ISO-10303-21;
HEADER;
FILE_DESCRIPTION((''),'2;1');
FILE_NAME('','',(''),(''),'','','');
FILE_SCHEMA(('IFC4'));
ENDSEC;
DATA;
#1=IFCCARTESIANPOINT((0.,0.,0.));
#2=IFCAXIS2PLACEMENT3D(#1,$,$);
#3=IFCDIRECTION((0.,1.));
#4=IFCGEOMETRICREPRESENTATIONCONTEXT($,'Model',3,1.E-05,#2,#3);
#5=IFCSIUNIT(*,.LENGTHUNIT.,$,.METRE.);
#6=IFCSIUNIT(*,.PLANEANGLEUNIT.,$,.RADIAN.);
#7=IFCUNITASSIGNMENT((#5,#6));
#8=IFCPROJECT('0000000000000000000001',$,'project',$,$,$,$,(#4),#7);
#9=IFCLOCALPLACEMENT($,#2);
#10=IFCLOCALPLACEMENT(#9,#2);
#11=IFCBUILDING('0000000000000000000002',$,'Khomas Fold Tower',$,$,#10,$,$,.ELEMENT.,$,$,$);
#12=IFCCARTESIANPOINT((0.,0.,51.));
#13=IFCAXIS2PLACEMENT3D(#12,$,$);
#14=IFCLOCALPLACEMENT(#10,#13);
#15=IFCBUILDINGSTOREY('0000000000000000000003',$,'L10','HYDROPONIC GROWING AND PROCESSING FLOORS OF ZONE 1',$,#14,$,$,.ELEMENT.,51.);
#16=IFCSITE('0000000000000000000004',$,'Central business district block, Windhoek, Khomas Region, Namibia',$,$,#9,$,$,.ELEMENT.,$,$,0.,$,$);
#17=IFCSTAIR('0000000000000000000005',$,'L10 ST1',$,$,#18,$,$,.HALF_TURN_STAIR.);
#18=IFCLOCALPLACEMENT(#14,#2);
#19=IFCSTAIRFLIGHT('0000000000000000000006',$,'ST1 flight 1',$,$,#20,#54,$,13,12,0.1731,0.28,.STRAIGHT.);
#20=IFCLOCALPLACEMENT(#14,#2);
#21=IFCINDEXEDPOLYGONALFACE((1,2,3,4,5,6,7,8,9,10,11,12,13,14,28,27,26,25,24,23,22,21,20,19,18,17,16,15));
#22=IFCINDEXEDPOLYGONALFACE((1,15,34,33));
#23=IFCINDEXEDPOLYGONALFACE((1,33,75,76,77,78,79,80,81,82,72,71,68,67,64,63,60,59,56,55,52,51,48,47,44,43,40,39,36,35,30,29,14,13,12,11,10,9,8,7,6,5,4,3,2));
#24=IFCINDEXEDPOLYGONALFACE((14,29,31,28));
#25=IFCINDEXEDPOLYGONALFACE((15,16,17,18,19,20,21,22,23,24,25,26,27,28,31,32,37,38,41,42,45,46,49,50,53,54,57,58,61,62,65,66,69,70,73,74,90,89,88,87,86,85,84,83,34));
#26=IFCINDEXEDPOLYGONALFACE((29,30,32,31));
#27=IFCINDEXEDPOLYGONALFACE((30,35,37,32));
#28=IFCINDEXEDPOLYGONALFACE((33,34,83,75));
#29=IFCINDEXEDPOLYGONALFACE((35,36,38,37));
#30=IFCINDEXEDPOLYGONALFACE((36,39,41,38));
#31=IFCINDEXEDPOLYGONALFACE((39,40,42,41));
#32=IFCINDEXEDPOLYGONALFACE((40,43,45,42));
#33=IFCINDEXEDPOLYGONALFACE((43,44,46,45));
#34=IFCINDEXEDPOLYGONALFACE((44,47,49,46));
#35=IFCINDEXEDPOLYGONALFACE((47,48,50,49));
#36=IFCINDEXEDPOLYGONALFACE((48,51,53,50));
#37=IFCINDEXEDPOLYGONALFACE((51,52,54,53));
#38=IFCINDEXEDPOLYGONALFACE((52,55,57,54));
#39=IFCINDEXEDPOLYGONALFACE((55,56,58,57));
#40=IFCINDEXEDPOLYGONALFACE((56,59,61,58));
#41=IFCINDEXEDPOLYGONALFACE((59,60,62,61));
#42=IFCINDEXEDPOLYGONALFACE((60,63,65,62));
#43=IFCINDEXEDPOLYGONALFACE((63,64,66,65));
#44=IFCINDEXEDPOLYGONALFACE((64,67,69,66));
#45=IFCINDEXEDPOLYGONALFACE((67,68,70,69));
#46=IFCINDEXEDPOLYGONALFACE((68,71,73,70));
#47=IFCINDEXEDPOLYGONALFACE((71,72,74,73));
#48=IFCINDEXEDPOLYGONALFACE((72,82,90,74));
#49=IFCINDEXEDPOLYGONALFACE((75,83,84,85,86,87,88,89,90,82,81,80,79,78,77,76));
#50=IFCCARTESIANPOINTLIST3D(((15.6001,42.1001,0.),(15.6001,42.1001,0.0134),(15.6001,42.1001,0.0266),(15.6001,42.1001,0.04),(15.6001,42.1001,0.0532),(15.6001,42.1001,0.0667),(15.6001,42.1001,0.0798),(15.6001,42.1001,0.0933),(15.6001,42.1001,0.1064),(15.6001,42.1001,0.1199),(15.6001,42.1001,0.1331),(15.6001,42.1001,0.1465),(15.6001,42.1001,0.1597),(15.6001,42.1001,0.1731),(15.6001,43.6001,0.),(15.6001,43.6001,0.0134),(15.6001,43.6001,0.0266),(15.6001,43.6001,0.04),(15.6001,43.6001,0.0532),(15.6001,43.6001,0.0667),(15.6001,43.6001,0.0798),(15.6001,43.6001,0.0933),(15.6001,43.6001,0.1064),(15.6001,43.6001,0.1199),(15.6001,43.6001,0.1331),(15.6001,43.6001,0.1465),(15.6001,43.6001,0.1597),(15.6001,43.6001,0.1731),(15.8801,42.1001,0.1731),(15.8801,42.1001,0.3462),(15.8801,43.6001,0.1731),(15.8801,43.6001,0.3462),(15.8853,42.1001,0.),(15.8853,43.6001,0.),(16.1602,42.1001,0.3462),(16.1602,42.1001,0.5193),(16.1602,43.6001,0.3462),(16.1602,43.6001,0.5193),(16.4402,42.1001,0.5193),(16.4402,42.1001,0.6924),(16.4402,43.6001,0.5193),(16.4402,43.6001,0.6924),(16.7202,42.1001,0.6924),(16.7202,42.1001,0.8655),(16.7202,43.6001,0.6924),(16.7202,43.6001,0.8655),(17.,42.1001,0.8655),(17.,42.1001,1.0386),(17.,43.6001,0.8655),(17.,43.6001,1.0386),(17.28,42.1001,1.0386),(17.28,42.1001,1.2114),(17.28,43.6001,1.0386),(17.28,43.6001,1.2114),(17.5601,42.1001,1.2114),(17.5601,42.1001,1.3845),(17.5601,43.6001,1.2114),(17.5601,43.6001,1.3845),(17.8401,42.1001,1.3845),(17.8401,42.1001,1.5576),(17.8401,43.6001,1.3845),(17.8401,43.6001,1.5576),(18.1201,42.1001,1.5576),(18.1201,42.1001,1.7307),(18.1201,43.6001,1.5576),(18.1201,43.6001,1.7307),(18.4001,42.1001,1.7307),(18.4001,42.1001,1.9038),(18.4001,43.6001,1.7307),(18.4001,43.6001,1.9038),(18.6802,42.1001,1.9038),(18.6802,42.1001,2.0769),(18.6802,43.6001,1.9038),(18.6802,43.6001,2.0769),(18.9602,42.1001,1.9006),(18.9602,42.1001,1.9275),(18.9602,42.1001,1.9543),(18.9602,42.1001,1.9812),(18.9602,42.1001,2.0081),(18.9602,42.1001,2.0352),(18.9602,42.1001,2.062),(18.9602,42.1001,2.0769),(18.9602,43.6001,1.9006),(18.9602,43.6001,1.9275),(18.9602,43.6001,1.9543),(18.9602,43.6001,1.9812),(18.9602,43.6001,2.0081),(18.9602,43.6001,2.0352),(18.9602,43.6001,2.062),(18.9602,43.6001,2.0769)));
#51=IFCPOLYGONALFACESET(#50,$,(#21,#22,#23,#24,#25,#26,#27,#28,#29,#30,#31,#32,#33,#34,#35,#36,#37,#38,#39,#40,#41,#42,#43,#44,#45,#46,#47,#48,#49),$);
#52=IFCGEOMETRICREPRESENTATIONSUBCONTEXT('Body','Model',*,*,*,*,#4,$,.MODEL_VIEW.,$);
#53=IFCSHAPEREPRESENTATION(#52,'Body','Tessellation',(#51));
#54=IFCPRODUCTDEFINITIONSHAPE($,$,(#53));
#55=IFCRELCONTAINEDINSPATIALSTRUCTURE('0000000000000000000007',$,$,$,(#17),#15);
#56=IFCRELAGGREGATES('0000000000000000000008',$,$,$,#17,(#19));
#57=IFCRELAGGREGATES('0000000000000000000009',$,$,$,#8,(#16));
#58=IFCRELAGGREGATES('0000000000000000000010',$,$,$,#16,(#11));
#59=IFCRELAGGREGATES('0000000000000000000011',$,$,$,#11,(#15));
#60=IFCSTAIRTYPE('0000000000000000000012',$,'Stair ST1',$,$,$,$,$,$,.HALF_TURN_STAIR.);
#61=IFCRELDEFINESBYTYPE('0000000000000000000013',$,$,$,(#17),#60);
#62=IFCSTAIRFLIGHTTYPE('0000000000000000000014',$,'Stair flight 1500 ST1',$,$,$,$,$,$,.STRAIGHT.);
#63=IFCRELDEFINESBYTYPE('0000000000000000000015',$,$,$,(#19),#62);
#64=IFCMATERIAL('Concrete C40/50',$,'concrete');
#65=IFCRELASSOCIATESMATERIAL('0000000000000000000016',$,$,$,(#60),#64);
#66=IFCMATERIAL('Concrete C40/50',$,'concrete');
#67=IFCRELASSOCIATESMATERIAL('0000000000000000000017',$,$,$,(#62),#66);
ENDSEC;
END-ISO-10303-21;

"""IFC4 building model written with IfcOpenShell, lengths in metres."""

from ifc_helpers import new_model, si_unit, direction, frame, origin, place, context, subcontext, project, spatial, polyline, outline, extrude, source, transform, mapped, material, type_object, element, aggregate, save


model = new_model("IFC4")

# Units and contexts
model_context = context("Model", 3, precision=1e-05, world=origin(), true_north=direction((0.0, 1.0)))
body_context = subcontext(model_context, "Body", "Model", "MODEL_VIEW")
ifc_project = project(units=[si_unit("LENGTHUNIT", "METRE"), si_unit("PLANEANGLEUNIT", "RADIAN")], contexts=[model_context])

# Site, building, storey
site_placement = place(None, origin())
site = spatial("IfcSite", under=ifc_project, at=site_placement, Name="Central business district block, Windhoek, Khomas Region, Namibia", CompositionType="ELEMENT", RefElevation=0.0)
building_placement = place(site_placement, origin())
building = spatial("IfcBuilding", under=site, at=building_placement, Name="Khomas Fold Tower", CompositionType="ELEMENT")
storey_placement = place(building_placement, frame((0.0, 0.0, 51.0)))
storey = spatial("IfcBuildingStorey", under=building, at=storey_placement, Name="L10", Description="HYDROPONIC GROWING AND PROCESSING FLOORS OF ZONE 1", CompositionType="ELEMENT", Elevation=51.0)

# Stair, stair flight
ifc_material_1 = material(Name="Concrete C40/50", Category="concrete")
stair_type = type_object("IfcStairType", Name="Stair ST1", PredefinedType="HALF_TURN_STAIR", material=ifc_material_1)
stair_placement = place(storey_placement, origin())
stair = element("IfcStair", 1, at=stair_placement, inside=storey, type_object=stair_type, Name="L10 ST1", PredefinedType="HALF_TURN_STAIR")
ifc_material_2 = material(Name="Concrete C40/50", Category="concrete")
stair_flight_type = type_object("IfcStairFlightType", Name="Stair flight 1500 ST1", PredefinedType="STRAIGHT", material=ifc_material_2)
shared_shape_1 = source(origin(), body_context, "Body", "SweptSolid", [
    extrude(outline(polyline([(0.0, 0.0), (0.0, 0.0134), (0.0, 0.0266), (0.0, 0.04), (0.0, 0.0532), (0.0, 0.0667), (0.0, 0.0798), (0.0, 0.0933), (0.0, 0.1064), (0.0, 0.1199), (0.0, 0.1331), (0.0, 0.1465), (0.0, 0.1597), (0.0, 0.1731), (0.28, 0.1731), (0.28, 0.3462), (0.5601, 0.3462), (0.5601, 0.5193), (0.8401, 0.5193), (0.8401, 0.6924), (1.1201, 0.6924), (1.1201, 0.8655), (1.3999, 0.8655), (1.3999, 1.0386), (1.6799, 1.0386), (1.6799, 1.2114), (1.96, 1.2114), (1.96, 1.3845), (2.24, 1.3845), (2.24, 1.5576), (2.52, 1.5576), (2.52, 1.7307), (2.8, 1.7307), (2.8, 1.9038), (3.0801, 1.9038), (3.0801, 2.0769), (3.3601, 2.0769), (3.3601, 2.25), (3.3601, 2.2231), (3.3601, 2.1963), (3.3601, 2.1694), (3.3601, 2.1426), (3.3601, 2.1157), (3.3601, 2.0889), (3.3601, 2.062), (3.3601, 2.0352), (3.3601, 2.0081), (3.3601, 1.9812), (3.3601, 1.9543), (3.3601, 1.9275), (3.3601, 1.9006), (0.2852, 0.0), (0.0, 0.0)])), frame((0.0, 0.75, 0.0), z_axis=(0.0, -1.0, 0.0), x_axis=(1.0, 0.0, 0.0)), (0.0, 0.0, 1.0), 1.5),
])
stair_flight_placement = place(storey_placement, frame((15.6001, 42.8501, 0.0), z_axis=(0.0, 0.0, 1.0), x_axis=(1.0, 0.0, 0.0)))
stair_flight = element("IfcStairFlight", 2, at=stair_flight_placement, type_object=stair_flight_type, Name="ST1 flight 1", NumberOfRisers=13, NumberOfTreads=12, PredefinedType="STRAIGHT", RiserHeight=0.1731, TreadLength=0.28, context=body_context, shape_type="MappedRepresentation", body=[
    mapped(shared_shape_1, transform((0.0, 0.0, 0.0))),
])
aggregate(stair, [stair_flight])

save(model, "model.ifc")
